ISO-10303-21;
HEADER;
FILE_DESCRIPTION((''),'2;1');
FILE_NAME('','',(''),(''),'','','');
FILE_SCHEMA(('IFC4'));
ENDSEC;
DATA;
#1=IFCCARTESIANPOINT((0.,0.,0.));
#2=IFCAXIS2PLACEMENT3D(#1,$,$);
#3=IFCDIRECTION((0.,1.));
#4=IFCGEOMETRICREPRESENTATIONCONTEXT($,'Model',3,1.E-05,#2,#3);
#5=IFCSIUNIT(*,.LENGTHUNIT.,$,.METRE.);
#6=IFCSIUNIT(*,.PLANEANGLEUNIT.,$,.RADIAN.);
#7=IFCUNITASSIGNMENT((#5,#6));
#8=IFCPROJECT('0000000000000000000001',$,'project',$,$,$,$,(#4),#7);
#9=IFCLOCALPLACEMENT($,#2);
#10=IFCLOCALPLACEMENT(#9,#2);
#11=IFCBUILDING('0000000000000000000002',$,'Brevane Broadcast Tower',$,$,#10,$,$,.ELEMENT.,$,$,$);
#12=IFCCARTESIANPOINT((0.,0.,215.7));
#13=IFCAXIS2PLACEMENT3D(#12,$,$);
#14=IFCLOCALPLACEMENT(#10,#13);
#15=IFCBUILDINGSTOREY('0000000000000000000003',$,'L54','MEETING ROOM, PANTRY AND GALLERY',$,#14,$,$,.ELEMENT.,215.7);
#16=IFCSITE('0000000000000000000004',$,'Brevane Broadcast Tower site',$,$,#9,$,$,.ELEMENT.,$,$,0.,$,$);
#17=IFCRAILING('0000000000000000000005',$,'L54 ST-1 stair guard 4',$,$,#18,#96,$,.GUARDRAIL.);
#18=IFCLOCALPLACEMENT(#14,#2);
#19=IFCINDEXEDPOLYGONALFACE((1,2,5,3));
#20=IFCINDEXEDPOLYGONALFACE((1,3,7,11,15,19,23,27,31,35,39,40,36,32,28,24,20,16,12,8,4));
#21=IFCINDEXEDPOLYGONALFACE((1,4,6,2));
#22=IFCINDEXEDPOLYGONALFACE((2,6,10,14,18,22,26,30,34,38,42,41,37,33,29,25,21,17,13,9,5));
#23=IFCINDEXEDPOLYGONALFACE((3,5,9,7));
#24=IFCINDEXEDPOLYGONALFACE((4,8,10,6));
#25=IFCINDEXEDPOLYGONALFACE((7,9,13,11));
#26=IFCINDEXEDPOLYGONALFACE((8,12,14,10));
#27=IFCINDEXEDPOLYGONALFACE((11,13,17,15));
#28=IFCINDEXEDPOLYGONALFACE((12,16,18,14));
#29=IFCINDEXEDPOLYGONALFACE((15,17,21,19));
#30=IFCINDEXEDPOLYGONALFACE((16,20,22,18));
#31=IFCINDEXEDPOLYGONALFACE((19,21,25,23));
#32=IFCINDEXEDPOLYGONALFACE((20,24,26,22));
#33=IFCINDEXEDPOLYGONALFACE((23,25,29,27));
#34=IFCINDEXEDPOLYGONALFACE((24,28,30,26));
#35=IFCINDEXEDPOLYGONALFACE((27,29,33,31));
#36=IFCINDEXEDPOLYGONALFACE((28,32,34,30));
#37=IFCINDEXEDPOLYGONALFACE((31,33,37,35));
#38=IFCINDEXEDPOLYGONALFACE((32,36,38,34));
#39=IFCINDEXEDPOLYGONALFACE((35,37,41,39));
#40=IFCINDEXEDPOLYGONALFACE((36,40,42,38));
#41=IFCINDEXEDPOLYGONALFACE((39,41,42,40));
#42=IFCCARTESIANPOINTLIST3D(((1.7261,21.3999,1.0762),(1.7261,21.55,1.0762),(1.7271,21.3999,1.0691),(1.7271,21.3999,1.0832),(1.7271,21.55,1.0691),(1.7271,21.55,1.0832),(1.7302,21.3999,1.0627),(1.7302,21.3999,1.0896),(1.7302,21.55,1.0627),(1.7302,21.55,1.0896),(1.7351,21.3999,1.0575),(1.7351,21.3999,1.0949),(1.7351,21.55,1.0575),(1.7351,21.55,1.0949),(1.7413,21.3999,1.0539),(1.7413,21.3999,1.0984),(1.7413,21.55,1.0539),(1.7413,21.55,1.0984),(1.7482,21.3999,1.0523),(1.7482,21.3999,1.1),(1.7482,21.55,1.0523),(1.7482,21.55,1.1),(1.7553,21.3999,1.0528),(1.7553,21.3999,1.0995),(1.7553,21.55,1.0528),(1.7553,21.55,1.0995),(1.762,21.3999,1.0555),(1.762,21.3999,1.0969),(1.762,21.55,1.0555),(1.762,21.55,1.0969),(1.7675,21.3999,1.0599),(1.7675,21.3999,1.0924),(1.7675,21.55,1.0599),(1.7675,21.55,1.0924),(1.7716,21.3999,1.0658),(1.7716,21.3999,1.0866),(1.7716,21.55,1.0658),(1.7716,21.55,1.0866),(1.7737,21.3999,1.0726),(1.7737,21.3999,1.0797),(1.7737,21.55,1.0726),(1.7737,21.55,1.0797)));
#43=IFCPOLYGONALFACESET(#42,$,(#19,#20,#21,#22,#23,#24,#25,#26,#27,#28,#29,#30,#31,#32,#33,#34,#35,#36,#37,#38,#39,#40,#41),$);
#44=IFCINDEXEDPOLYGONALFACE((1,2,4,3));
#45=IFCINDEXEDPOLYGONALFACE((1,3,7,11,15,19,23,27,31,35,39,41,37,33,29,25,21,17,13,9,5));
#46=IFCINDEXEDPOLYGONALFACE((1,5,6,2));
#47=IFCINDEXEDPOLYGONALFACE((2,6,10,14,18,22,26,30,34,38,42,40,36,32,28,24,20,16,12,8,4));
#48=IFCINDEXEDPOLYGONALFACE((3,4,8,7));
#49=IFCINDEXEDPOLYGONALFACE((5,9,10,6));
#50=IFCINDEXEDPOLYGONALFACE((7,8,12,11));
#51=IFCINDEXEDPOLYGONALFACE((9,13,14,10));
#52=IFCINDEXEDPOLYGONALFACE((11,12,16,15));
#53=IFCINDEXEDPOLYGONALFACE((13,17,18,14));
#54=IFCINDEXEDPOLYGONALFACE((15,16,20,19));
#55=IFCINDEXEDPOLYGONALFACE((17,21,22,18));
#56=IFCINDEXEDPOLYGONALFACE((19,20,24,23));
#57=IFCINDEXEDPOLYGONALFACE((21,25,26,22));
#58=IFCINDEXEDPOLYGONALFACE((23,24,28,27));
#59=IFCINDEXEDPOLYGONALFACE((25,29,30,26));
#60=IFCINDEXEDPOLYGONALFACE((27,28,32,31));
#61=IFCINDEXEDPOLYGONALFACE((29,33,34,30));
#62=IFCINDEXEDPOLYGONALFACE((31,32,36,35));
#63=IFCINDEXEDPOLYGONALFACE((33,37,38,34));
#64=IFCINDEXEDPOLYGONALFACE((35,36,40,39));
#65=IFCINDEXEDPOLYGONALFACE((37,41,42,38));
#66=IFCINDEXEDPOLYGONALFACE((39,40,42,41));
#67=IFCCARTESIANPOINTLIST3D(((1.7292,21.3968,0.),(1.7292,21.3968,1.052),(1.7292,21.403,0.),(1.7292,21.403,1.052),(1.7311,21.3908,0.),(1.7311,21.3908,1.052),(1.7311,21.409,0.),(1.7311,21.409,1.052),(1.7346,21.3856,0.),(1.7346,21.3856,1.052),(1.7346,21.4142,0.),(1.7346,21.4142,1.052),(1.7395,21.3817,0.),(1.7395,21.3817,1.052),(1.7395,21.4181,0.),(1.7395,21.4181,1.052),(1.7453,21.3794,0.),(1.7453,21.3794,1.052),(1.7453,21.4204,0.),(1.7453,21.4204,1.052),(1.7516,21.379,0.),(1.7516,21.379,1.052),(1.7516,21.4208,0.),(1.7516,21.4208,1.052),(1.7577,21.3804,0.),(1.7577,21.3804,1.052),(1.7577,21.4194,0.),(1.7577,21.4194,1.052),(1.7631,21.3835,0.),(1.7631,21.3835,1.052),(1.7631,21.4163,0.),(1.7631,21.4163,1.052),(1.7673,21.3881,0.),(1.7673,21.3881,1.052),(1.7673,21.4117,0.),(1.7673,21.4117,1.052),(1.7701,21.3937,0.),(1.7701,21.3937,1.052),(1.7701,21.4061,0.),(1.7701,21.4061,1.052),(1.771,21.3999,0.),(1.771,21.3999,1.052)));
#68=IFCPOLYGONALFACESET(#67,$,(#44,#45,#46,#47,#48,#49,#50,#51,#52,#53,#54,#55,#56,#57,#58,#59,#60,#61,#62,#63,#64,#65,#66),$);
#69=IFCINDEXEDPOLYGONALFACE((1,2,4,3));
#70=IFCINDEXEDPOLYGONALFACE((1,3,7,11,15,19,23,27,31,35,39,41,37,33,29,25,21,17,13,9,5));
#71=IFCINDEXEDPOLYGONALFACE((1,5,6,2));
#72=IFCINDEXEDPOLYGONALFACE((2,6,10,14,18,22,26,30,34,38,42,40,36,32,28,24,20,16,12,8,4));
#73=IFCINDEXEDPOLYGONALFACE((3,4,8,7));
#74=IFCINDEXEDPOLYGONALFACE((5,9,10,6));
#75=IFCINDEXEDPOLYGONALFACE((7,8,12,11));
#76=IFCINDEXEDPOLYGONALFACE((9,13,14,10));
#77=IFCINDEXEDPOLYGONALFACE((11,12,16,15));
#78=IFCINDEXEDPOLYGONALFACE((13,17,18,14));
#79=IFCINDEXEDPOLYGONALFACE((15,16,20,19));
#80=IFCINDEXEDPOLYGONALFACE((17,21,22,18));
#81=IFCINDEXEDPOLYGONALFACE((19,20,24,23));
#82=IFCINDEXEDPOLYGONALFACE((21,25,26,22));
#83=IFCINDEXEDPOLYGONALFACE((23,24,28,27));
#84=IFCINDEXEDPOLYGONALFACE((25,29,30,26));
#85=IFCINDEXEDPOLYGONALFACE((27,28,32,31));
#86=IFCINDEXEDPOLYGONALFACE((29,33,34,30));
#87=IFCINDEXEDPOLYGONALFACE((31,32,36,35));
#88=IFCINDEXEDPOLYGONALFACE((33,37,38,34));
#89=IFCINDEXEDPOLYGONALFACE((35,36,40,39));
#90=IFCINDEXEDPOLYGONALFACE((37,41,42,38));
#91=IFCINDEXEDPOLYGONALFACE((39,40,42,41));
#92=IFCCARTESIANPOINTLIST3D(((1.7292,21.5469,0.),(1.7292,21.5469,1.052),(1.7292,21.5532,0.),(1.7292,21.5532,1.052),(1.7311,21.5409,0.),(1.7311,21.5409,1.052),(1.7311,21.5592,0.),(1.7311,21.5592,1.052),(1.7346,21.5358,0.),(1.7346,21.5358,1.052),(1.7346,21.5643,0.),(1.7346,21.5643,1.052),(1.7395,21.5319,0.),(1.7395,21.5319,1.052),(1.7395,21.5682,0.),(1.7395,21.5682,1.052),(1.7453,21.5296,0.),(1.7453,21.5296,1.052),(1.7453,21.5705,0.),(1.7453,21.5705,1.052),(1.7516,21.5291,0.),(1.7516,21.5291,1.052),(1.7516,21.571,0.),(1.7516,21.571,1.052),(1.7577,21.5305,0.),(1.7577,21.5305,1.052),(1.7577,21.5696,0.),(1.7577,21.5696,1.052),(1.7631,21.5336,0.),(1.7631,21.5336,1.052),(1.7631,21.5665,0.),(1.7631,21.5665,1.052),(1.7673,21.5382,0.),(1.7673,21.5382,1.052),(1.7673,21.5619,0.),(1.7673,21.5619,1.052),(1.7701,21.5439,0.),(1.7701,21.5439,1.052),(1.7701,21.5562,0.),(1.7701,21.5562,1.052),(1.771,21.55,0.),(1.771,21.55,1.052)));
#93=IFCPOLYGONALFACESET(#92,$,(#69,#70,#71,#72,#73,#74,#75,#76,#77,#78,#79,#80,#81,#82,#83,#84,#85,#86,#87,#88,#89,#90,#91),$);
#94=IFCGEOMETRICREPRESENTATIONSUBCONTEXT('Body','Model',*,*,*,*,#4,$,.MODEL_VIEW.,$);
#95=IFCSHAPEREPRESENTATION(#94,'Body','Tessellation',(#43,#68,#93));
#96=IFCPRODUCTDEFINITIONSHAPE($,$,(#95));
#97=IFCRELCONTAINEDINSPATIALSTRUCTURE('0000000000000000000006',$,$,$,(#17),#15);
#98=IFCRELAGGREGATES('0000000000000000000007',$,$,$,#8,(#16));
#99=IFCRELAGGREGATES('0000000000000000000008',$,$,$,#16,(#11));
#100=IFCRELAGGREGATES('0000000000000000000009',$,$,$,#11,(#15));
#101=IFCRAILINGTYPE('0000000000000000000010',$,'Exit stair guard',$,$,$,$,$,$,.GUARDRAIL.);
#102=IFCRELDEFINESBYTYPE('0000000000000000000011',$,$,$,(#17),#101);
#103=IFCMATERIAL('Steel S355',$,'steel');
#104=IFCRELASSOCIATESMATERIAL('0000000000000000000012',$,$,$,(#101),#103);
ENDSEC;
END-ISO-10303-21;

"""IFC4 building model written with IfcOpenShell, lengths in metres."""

from ifc_helpers import new_model, si_unit, direction, frame, origin, origin_2d, place, context, subcontext, project, spatial, circle, extrude, material, type_object, element, save


model = new_model("IFC4")

# Units and contexts
model_context = context("Model", 3, precision=1e-05, world=origin(), true_north=direction((0.0, 1.0)))
body_context = subcontext(model_context, "Body", "Model", "MODEL_VIEW")
ifc_project = project(units=[si_unit("LENGTHUNIT", "METRE"), si_unit("PLANEANGLEUNIT", "RADIAN")], contexts=[model_context])

# Site, building, storey
site_placement = place(None, origin())
site = spatial("IfcSite", under=ifc_project, at=site_placement, Name="Brevane Broadcast Tower site", CompositionType="ELEMENT", RefElevation=0.0)
building_placement = place(site_placement, origin())
building = spatial("IfcBuilding", under=site, at=building_placement, Name="Brevane Broadcast Tower", CompositionType="ELEMENT")
storey_placement = place(building_placement, frame((0.0, 0.0, 215.7)))
storey = spatial("IfcBuildingStorey", under=building, at=storey_placement, Name="L54", Description="MEETING ROOM, PANTRY AND GALLERY", CompositionType="ELEMENT", Elevation=215.7)

# Railing
ifc_material_1 = material(Name="Steel S355", Category="steel")
railing_type_1 = type_object("IfcRailingType", Name="Exit stair guard", PredefinedType="GUARDRAIL", material=ifc_material_1)
railing_1_placement = place(storey_placement, frame((1.75, 21.3999, 0.0)))
element("IfcRailing", 1, at=railing_1_placement, inside=storey, type_object=railing_type_1, Name="L54 ST-1 stair guard 4", PredefinedType="GUARDRAIL", context=body_context, shape_type="SweptSolid", body=[
    extrude(circle(Radius=0.0239, at=origin_2d()), frame((0.0, 0.0, 1.0762), z_axis=(0.0, 1.0, 0.0), x_axis=(-1.0, 0.0, 0.0)), (0.0, 0.0, 1.0), 0.1501),
    extrude(circle(Radius=0.021, at=origin_2d()), origin(), (0.0, 0.0, 1.0), 1.052),
    extrude(circle(Radius=0.021, at=origin_2d()), frame((0.0, 0.1501, 0.0)), (0.0, 0.0, 1.0), 1.052),
])

save(model, "model.ifc")
